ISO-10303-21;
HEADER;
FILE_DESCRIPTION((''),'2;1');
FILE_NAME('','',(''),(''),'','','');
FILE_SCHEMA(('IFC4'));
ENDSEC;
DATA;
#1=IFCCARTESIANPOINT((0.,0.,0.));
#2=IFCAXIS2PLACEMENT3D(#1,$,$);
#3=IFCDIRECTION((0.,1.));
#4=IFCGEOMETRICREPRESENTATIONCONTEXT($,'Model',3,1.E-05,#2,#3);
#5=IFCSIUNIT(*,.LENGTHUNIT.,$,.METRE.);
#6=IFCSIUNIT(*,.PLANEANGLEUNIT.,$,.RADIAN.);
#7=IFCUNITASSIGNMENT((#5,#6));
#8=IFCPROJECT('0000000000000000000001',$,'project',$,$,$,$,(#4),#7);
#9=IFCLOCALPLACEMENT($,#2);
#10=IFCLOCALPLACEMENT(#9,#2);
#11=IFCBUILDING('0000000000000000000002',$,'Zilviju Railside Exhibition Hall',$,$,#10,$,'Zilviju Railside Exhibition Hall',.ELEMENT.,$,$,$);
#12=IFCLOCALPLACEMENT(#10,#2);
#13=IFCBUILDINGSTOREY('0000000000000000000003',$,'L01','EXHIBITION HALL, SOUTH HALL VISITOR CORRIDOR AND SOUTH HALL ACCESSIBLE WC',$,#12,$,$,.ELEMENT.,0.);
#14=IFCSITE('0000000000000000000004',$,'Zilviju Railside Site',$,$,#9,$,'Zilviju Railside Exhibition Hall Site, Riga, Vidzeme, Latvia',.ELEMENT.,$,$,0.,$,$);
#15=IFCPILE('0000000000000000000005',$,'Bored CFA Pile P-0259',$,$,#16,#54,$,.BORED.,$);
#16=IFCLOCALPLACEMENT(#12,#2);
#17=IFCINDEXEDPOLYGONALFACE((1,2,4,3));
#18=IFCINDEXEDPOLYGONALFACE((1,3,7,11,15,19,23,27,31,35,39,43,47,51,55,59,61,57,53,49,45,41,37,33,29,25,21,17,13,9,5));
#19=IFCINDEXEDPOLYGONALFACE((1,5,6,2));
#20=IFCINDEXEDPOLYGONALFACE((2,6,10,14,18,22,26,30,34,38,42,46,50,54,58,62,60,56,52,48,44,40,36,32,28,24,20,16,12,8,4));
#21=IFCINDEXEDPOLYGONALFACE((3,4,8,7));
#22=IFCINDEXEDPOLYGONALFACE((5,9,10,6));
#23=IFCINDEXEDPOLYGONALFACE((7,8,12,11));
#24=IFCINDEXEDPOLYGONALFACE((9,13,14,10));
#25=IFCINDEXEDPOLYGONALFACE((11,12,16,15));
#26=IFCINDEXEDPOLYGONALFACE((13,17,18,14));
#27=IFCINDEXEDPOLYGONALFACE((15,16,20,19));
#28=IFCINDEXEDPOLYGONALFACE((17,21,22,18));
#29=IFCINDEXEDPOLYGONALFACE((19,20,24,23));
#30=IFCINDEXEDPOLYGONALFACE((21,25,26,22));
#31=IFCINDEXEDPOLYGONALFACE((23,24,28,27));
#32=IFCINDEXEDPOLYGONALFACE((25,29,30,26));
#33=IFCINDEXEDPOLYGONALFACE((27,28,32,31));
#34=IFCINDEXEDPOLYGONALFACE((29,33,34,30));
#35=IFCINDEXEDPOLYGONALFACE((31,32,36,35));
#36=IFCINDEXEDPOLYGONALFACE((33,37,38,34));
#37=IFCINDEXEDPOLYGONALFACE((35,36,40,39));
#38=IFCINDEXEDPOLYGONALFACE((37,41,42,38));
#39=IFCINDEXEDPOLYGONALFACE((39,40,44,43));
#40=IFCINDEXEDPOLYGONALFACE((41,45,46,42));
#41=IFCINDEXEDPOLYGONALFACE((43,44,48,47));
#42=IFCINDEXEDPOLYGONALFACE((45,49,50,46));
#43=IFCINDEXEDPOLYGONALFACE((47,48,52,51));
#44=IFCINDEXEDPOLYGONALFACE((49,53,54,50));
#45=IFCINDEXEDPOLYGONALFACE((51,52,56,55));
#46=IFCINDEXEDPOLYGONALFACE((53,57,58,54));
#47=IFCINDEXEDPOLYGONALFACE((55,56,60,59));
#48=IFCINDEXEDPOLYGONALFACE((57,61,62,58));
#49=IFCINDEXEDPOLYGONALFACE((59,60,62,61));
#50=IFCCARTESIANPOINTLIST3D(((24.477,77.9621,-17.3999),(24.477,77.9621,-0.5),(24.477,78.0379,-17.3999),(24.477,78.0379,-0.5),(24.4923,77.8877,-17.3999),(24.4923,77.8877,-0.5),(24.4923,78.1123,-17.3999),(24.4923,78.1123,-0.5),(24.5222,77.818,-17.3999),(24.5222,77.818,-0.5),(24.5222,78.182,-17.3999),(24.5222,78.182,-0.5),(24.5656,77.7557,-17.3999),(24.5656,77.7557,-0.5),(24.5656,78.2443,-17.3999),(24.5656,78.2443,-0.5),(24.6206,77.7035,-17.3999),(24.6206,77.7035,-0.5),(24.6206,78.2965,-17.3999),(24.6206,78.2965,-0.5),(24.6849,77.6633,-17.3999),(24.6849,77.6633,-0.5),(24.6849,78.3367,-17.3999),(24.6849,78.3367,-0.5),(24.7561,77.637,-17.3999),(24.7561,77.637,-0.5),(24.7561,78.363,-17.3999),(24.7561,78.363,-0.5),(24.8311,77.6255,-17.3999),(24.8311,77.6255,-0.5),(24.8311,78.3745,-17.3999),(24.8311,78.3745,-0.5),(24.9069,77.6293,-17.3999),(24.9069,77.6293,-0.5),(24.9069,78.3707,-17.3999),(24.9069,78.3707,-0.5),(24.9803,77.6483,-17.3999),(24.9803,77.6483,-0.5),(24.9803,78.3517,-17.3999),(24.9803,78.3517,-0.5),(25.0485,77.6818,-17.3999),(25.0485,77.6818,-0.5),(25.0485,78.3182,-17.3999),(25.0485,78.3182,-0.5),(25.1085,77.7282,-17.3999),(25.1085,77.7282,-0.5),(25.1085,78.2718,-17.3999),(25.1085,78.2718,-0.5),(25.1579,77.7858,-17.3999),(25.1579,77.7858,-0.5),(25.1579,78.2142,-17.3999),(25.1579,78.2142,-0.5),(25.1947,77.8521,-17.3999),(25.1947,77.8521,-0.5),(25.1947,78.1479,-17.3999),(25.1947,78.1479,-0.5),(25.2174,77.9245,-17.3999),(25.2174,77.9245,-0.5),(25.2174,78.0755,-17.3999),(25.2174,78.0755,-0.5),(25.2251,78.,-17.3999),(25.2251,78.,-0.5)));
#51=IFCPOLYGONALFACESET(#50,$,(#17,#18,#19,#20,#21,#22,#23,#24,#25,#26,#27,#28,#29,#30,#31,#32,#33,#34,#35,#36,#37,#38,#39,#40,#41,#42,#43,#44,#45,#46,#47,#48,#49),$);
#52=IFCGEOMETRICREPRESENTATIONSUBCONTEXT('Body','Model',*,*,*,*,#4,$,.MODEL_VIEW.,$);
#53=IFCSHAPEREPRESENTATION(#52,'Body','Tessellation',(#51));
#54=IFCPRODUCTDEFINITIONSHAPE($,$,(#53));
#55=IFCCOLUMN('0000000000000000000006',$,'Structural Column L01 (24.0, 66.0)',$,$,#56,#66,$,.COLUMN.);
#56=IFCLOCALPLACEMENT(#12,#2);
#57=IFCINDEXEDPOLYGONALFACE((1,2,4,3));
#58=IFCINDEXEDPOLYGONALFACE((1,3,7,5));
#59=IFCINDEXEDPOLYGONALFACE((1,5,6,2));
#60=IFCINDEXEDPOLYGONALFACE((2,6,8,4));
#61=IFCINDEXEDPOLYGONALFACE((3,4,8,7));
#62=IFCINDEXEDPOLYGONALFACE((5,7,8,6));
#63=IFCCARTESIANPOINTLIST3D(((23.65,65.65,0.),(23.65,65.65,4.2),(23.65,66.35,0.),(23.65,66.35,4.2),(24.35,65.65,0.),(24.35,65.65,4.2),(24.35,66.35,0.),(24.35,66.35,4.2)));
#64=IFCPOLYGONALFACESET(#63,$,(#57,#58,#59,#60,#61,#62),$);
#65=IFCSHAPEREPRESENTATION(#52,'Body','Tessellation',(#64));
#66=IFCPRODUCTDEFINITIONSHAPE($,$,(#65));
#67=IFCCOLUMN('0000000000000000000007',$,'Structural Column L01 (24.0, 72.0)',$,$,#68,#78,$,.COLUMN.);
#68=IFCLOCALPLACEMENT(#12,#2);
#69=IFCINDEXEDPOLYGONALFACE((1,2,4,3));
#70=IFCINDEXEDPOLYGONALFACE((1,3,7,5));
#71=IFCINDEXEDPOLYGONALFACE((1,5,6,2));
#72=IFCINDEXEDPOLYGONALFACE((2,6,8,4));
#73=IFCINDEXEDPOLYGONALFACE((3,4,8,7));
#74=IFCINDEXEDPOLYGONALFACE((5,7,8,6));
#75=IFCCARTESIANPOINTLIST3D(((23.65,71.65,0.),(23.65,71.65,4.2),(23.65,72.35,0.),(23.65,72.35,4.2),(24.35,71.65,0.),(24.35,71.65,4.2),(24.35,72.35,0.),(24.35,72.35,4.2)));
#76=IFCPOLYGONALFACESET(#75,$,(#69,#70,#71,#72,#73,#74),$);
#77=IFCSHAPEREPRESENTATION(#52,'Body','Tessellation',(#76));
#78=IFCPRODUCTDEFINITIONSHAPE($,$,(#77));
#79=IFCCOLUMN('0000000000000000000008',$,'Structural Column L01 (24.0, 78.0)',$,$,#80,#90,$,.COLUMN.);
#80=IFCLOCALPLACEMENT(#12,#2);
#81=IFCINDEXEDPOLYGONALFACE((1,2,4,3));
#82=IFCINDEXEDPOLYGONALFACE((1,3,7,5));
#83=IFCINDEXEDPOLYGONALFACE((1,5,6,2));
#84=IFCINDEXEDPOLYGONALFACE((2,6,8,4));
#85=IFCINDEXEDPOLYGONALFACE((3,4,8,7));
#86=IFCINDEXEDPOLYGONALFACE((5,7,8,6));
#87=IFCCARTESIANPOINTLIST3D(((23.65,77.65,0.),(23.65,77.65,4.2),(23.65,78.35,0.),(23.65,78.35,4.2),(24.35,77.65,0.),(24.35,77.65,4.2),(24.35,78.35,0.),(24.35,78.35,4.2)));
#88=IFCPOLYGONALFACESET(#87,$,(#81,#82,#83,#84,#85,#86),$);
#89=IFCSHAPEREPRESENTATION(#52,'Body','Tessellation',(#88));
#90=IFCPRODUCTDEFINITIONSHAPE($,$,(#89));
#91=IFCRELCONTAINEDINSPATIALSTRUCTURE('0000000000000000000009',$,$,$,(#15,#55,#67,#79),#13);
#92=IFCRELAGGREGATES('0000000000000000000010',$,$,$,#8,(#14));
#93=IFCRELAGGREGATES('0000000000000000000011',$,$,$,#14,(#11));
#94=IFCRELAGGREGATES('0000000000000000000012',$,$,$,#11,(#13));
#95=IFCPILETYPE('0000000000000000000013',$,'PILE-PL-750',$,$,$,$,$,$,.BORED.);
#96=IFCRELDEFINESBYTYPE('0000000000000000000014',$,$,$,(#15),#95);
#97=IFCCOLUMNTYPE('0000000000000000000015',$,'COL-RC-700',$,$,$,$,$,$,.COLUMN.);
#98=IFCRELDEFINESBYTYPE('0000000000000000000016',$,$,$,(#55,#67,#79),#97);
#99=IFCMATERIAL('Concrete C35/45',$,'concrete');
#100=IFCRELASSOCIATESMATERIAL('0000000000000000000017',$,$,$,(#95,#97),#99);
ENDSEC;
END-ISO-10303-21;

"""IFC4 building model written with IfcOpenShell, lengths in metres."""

from ifc_helpers import new_model, si_unit, direction, frame, origin, origin_2d, place, context, subcontext, project, spatial, rectangle, circle, extrude, material, material_profile, profile_set, type_object, element, save


model = new_model("IFC4")

# Units and contexts
model_context = context("Model", 3, precision=1e-05, world=origin(), true_north=direction((0.0, 1.0)))
body_context = subcontext(model_context, "Body", "Model", "MODEL_VIEW")
ifc_project = project(units=[si_unit("LENGTHUNIT", "METRE"), si_unit("PLANEANGLEUNIT", "RADIAN")], contexts=[model_context])

# Site, building, storey
site_placement = place(None, origin())
site = spatial("IfcSite", under=ifc_project, at=site_placement, Name="Zilviju Railside Site", LongName="Zilviju Railside Exhibition Hall Site, Riga, Vidzeme, Latvia", CompositionType="ELEMENT", RefElevation=0.0)
building_placement = place(site_placement, origin())
building = spatial("IfcBuilding", under=site, at=building_placement, Name="Zilviju Railside Exhibition Hall", LongName="Zilviju Railside Exhibition Hall", CompositionType="ELEMENT")
storey_placement = place(building_placement, origin())
storey = spatial("IfcBuildingStorey", under=building, at=storey_placement, Name="L01", Description="EXHIBITION HALL, SOUTH HALL VISITOR CORRIDOR AND SOUTH HALL ACCESSIBLE WC", CompositionType="ELEMENT", Elevation=0.0)

# Shared definitions
ifc_material = material(Name="Concrete C35/45", Category="concrete")

# Pile
ifc_material_profile_1 = material_profile(ifc_material, circle(Radius=0.375, at=origin_2d()), Name="CFA PILE D750")
ifc_profile_set_1 = profile_set([ifc_material_profile_1], Name="Concrete C35/45")
pile_type = type_object("IfcPileType", Name="PILE-PL-750", PredefinedType="BORED", material=ifc_profile_set_1)
for number, where, z_axis, x_axis, name in (
    (1, (24.8501, 78.0, -0.5), (0.0, 0.0, -1.0), (1.0, 0.0, 0.0), "Bored CFA Pile P-0259"),
):
    element("IfcPile", number, at=place(storey_placement, frame(where, z_axis=z_axis, x_axis=x_axis)), inside=storey, type_object=pile_type, Name=name, PredefinedType="BORED", context=body_context, shape_type="SweptSolid", body=[
        extrude(circle(Radius=0.375, at=origin_2d()), origin(), (0.0, 0.0, 1.0), 16.8999),
    ])

# Columns
ifc_material_profile_2 = material_profile(ifc_material, rectangle(XDim=0.7, YDim=0.7, at=origin_2d()), Name="RC COL 700x700")
ifc_profile_set_2 = profile_set([ifc_material_profile_2], Name="Concrete C35/45")
column_type = type_object("IfcColumnType", Name="COL-RC-700", PredefinedType="COLUMN", material=ifc_profile_set_2)
for number, where, z_axis, x_axis, name in (
    (2, (24.0, 66.0, 0.0), (0.0, 0.0, 1.0), (1.0, 0.0, 0.0), "Structural Column L01 (24.0, 66.0)"),
    (3, (24.0, 72.0, 0.0), (0.0, 0.0, 1.0), (1.0, 0.0, 0.0), "Structural Column L01 (24.0, 72.0)"),
    (4, (24.0, 78.0, 0.0), (0.0, 0.0, 1.0), (1.0, 0.0, 0.0), "Structural Column L01 (24.0, 78.0)"),
):
    element("IfcColumn", number, at=place(storey_placement, frame(where, z_axis=z_axis, x_axis=x_axis)), inside=storey, type_object=column_type, Name=name, PredefinedType="COLUMN", context=body_context, shape_type="SweptSolid", body=[
        extrude(rectangle(XDim=0.7, YDim=0.7, at=origin_2d()), origin(), (0.0, 0.0, 1.0), 4.2),
    ])

save(model, "model.ifc")
